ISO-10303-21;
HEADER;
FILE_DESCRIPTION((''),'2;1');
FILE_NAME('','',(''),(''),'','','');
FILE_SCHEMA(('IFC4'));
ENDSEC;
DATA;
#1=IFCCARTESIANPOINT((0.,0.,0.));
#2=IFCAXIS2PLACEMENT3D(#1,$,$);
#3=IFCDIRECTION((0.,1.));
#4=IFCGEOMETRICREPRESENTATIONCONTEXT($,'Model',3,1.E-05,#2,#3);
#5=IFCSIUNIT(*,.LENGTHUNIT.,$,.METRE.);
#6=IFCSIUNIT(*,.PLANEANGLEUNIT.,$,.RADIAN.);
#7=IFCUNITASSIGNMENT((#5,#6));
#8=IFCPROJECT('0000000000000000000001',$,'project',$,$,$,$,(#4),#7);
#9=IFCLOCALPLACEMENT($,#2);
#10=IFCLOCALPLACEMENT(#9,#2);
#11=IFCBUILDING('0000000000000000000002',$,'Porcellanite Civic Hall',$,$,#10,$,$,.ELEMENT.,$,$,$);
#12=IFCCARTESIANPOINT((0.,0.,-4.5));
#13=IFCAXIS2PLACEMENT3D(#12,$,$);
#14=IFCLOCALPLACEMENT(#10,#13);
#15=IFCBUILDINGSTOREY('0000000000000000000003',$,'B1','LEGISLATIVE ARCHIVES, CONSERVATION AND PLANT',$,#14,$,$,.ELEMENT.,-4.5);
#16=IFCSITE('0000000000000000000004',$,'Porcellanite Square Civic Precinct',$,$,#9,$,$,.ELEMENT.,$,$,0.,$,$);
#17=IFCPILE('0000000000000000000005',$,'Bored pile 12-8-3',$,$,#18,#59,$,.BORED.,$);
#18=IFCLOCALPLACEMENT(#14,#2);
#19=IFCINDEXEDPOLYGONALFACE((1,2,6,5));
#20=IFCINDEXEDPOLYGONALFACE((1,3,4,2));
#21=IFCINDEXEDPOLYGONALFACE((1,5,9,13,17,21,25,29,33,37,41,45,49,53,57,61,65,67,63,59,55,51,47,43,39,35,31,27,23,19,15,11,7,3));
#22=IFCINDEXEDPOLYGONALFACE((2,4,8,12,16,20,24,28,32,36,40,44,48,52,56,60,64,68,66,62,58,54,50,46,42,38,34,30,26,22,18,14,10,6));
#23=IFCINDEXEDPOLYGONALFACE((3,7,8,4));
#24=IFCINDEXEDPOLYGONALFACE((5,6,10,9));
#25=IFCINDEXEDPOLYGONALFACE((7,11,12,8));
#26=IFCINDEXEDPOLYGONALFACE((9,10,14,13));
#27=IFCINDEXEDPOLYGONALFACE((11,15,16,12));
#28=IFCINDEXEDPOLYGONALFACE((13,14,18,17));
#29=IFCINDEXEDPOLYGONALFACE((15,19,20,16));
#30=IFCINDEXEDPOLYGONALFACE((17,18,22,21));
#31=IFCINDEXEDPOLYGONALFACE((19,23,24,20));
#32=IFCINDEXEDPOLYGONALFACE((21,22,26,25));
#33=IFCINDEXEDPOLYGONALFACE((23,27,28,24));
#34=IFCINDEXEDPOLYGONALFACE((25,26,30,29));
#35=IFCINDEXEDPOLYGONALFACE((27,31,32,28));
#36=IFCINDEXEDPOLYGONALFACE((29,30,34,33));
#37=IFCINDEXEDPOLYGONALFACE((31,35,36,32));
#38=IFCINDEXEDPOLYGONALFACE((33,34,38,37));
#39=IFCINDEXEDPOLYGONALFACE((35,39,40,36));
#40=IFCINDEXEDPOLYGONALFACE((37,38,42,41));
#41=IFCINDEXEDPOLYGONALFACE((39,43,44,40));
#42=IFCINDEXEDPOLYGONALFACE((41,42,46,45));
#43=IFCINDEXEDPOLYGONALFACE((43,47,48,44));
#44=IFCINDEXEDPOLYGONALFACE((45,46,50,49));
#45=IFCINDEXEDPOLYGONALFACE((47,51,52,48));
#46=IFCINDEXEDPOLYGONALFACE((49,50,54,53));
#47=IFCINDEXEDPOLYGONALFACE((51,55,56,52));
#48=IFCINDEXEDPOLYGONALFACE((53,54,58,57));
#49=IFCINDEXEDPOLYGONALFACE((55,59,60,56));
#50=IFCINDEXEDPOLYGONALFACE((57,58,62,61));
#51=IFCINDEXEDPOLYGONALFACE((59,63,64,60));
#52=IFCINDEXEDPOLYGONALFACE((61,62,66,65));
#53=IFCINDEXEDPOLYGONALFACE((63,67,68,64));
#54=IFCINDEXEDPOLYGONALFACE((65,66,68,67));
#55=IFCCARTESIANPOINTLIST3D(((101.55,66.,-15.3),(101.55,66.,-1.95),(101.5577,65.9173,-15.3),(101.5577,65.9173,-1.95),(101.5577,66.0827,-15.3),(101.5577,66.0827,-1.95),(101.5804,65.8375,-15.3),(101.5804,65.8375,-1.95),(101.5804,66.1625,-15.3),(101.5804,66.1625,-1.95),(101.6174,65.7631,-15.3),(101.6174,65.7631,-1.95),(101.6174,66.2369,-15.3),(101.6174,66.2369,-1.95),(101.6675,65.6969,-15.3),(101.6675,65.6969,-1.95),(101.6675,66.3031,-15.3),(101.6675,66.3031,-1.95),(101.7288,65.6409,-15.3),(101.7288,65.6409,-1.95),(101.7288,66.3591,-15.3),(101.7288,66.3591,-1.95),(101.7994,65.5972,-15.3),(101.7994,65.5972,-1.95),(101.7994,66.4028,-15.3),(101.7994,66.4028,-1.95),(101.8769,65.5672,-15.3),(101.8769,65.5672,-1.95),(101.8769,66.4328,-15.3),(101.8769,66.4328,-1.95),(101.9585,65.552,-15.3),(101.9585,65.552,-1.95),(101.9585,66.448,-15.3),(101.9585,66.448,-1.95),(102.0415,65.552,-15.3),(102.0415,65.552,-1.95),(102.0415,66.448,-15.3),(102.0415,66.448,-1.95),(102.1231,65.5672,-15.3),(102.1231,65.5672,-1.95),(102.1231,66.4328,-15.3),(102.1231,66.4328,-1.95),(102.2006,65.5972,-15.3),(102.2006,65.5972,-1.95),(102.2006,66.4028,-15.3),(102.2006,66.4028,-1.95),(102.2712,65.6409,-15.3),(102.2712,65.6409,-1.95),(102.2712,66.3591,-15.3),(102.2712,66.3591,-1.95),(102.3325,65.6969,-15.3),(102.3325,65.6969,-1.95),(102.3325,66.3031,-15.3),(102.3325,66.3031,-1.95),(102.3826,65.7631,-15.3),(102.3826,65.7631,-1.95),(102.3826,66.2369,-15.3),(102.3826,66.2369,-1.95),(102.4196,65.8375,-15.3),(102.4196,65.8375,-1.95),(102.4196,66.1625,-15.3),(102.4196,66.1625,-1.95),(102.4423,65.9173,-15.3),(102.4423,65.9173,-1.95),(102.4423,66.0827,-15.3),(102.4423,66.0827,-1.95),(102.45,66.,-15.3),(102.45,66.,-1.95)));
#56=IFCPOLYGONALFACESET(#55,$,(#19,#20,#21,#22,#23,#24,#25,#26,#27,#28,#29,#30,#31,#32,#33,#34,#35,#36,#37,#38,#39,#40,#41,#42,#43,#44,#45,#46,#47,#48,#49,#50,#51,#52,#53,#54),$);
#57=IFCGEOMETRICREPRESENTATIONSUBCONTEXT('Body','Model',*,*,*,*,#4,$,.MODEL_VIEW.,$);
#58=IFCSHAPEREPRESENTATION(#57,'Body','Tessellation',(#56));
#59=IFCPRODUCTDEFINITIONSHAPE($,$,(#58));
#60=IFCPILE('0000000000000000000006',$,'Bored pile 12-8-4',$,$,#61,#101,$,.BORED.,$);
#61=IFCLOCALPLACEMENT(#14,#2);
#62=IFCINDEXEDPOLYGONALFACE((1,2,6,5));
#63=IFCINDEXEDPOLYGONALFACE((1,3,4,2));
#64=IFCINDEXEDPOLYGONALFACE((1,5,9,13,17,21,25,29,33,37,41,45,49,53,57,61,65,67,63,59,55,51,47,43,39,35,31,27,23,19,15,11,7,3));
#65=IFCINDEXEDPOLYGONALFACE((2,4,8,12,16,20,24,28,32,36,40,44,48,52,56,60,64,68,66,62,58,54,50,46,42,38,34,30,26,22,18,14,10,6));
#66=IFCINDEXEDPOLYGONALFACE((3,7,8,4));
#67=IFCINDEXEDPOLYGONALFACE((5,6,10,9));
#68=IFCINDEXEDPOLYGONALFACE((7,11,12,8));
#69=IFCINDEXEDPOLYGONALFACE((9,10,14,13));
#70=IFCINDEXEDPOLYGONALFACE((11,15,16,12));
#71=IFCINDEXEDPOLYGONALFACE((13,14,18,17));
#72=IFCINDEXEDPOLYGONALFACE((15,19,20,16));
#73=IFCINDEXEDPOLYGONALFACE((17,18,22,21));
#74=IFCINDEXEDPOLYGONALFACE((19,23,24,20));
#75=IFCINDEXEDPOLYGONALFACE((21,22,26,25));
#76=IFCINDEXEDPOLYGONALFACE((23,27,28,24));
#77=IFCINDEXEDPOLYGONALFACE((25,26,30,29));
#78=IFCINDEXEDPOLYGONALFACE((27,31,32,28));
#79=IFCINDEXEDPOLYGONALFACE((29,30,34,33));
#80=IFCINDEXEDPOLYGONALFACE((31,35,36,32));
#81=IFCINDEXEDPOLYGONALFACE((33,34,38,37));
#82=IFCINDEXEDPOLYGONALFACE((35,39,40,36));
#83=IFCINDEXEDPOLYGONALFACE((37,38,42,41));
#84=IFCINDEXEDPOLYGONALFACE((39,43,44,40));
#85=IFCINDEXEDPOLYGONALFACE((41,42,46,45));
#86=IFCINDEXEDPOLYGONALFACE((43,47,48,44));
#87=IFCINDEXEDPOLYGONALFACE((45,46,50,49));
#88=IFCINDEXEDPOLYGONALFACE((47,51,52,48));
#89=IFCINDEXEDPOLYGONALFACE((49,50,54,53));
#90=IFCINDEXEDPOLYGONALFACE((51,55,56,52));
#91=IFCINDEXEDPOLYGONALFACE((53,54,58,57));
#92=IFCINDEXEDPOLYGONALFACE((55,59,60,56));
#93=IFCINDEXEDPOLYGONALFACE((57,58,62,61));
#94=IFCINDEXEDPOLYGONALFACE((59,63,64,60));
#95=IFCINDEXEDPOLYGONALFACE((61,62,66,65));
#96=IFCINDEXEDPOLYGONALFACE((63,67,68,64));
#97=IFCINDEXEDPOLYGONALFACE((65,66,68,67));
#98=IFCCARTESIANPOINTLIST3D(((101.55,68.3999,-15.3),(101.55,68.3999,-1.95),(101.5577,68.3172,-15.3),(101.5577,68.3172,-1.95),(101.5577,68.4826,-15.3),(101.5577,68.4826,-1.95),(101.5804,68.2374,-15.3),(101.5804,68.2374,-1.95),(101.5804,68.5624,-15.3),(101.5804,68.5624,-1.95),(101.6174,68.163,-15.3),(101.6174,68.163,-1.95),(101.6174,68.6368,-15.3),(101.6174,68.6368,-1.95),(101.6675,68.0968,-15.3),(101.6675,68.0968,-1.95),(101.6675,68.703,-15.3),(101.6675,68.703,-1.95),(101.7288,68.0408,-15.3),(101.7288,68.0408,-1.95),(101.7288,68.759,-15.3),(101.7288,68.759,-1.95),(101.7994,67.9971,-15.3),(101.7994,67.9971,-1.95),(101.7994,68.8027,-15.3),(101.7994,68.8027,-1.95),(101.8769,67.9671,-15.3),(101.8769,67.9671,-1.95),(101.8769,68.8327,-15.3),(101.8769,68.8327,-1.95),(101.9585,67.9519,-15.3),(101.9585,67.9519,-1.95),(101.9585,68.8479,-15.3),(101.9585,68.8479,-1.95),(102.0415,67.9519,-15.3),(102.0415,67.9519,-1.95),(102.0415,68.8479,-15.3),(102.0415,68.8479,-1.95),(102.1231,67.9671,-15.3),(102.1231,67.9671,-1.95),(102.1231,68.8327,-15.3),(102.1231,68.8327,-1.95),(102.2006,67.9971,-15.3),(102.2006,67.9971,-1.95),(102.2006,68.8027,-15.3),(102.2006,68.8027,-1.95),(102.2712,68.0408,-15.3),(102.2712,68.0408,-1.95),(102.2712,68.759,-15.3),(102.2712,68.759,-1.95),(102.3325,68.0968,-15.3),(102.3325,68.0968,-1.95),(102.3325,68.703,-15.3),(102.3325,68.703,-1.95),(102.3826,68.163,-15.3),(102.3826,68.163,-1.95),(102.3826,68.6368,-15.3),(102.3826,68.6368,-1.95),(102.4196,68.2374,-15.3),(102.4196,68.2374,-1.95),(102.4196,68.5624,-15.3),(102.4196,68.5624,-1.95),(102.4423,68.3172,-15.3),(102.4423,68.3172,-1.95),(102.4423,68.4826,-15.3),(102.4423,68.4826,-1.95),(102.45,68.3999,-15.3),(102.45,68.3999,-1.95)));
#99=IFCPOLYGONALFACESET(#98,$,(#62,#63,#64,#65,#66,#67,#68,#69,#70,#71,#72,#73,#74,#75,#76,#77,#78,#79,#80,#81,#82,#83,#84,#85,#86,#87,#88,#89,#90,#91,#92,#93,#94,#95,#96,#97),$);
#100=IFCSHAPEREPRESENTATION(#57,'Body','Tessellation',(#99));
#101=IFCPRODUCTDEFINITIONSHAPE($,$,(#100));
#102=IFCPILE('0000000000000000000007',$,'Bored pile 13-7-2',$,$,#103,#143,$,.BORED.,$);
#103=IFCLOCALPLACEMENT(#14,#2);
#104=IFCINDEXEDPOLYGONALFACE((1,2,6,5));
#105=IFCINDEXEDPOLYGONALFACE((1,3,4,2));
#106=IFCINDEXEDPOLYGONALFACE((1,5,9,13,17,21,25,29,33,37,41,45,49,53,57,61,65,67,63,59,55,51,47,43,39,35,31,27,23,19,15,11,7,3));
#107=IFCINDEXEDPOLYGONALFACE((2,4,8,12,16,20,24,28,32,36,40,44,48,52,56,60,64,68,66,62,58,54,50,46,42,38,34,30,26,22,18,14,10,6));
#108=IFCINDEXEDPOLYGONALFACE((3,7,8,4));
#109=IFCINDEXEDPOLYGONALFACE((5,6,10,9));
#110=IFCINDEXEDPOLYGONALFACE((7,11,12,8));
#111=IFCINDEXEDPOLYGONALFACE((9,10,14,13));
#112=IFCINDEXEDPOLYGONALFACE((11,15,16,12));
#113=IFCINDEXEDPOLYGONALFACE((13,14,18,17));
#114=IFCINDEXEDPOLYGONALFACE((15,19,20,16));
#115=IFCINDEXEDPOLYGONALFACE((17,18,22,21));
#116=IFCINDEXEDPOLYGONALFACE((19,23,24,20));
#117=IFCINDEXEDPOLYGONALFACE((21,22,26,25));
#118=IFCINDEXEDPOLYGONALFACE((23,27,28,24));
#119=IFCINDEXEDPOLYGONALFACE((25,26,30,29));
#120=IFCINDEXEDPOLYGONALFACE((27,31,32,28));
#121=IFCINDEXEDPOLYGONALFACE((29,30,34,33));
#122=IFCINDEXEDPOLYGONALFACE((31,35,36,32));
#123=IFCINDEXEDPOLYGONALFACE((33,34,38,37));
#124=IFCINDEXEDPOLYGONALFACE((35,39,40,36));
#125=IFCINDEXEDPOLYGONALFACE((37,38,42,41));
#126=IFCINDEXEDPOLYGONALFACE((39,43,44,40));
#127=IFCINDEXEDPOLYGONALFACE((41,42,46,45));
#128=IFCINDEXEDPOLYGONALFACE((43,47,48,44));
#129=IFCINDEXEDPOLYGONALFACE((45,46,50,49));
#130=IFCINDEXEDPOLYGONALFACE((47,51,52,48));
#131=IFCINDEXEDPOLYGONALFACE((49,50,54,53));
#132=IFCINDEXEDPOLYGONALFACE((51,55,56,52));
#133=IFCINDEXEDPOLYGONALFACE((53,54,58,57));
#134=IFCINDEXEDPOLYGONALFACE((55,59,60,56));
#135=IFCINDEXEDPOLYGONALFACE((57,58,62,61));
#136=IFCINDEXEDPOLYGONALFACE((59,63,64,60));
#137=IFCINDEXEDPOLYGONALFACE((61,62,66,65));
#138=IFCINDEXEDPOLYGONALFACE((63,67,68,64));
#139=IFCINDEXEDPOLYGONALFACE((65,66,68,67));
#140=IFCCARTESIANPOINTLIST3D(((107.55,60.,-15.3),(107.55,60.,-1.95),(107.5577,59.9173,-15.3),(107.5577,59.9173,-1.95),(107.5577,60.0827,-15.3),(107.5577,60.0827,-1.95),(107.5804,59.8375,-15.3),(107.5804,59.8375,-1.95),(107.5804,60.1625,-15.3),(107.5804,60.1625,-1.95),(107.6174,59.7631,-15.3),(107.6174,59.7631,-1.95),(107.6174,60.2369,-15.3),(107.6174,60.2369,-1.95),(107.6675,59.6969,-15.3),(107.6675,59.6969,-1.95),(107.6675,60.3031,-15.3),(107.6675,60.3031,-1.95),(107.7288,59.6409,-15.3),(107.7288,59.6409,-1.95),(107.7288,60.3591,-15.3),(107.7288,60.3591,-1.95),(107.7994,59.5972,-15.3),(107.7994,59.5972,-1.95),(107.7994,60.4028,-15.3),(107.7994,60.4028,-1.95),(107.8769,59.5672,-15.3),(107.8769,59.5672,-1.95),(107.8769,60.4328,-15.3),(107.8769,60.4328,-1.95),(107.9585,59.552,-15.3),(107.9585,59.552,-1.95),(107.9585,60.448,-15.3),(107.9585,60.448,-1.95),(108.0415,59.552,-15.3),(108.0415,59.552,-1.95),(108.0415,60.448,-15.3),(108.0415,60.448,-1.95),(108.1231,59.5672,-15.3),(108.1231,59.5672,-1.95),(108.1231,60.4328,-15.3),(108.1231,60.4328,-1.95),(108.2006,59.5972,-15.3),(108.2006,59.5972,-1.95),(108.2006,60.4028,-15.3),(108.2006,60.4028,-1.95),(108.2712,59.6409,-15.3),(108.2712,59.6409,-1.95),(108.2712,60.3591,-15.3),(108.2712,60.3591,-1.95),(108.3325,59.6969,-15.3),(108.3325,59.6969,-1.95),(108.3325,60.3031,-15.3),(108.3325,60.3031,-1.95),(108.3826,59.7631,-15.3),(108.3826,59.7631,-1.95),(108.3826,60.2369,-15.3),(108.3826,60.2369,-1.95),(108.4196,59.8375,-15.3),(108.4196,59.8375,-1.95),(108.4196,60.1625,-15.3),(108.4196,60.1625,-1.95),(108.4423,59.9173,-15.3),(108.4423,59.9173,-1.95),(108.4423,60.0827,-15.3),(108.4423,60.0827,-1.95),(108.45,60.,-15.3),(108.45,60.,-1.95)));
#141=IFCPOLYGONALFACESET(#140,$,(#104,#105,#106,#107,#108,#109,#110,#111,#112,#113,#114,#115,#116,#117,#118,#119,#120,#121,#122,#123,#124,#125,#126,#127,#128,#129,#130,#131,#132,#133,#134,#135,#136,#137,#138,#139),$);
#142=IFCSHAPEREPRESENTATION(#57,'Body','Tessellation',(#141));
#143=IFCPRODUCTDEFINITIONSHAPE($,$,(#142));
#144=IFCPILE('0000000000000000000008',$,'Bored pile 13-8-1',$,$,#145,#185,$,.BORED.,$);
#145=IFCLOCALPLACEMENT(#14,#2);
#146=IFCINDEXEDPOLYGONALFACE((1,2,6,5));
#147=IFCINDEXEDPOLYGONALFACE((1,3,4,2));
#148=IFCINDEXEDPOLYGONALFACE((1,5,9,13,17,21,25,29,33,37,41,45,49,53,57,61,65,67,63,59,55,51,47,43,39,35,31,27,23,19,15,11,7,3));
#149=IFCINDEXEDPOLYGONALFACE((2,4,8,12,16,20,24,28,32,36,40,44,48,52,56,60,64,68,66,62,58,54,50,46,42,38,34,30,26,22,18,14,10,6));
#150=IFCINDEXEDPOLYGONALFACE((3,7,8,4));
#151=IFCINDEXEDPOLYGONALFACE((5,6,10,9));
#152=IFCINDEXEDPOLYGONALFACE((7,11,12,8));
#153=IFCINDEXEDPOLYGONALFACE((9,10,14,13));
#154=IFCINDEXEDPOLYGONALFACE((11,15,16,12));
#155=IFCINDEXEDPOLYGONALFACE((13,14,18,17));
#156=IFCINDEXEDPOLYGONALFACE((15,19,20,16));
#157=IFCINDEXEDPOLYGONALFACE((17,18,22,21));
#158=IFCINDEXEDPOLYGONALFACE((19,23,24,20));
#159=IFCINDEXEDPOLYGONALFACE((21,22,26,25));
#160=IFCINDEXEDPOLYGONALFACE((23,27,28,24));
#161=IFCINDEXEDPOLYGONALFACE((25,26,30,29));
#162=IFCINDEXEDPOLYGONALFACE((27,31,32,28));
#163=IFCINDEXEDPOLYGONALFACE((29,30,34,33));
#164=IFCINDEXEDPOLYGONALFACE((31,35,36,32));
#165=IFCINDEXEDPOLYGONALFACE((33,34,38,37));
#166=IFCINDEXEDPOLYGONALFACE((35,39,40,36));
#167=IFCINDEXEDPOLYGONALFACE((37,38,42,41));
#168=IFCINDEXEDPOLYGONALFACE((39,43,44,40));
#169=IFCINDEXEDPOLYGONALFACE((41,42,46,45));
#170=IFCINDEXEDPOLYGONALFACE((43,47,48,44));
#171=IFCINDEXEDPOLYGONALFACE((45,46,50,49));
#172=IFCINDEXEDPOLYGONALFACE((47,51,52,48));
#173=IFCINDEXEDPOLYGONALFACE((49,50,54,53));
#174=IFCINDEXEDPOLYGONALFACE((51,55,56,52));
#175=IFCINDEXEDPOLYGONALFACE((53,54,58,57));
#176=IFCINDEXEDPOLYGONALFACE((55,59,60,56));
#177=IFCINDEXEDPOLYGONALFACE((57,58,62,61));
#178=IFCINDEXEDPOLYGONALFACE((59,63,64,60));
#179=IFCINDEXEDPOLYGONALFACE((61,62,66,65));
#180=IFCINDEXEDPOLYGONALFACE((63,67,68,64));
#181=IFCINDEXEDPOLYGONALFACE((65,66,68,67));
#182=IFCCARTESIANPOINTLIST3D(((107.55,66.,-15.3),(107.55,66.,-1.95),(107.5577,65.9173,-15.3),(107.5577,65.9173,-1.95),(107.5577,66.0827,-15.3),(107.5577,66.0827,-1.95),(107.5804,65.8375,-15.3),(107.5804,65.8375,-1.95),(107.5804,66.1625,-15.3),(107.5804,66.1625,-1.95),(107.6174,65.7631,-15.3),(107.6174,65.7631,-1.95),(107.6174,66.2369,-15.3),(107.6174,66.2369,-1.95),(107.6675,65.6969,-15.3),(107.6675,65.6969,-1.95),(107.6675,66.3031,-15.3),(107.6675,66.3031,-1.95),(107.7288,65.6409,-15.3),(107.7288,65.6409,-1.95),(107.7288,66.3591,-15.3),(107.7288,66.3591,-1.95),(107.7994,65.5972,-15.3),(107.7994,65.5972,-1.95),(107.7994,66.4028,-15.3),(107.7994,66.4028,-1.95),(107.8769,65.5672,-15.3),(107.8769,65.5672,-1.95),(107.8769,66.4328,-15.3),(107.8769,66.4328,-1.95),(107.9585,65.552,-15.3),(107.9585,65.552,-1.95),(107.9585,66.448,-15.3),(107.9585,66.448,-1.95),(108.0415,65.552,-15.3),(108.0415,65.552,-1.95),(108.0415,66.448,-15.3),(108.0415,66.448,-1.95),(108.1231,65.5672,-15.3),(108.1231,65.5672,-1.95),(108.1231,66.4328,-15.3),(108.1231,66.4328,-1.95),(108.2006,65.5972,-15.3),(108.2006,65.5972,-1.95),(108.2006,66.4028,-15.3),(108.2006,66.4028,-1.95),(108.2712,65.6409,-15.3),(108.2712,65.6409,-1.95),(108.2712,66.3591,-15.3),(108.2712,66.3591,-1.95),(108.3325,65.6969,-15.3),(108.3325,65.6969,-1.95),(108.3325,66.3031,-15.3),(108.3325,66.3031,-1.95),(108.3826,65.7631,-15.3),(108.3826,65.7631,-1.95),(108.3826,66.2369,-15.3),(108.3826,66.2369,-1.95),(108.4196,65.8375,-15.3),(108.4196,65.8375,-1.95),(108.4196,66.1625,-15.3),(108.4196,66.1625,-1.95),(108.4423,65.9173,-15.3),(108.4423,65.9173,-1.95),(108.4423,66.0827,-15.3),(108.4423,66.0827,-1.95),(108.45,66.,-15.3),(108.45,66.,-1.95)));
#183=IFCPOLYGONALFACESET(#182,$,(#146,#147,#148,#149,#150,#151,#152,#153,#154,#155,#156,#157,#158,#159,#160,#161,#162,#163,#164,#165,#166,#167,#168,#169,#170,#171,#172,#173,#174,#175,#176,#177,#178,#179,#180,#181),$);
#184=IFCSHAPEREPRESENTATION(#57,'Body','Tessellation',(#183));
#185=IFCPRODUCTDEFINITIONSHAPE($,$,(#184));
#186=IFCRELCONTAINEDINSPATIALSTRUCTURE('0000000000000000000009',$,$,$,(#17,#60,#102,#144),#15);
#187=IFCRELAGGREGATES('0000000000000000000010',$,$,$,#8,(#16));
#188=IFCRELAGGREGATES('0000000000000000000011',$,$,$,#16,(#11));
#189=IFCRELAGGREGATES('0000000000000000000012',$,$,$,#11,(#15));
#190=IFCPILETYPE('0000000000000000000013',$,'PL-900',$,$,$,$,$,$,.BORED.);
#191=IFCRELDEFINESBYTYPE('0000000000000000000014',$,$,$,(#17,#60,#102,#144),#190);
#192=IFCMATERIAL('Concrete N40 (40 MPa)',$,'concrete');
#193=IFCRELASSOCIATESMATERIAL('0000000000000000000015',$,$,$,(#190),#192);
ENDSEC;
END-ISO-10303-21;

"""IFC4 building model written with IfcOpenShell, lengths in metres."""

from ifc_helpers import new_model, si_unit, direction, frame, origin, origin_2d, place, context, subcontext, project, spatial, circle, extrude, material, material_profile, profile_set, type_object, element, save


model = new_model("IFC4")

# Units and contexts
model_context = context("Model", 3, precision=1e-05, world=origin(), true_north=direction((0.0, 1.0)))
body_context = subcontext(model_context, "Body", "Model", "MODEL_VIEW")
ifc_project = project(units=[si_unit("LENGTHUNIT", "METRE"), si_unit("PLANEANGLEUNIT", "RADIAN")], contexts=[model_context])

# Site, building, storey
site_placement = place(None, origin())
site = spatial("IfcSite", under=ifc_project, at=site_placement, Name="Porcellanite Square Civic Precinct", CompositionType="ELEMENT", RefElevation=0.0)
building_placement = place(site_placement, origin())
building = spatial("IfcBuilding", under=site, at=building_placement, Name="Porcellanite Civic Hall", CompositionType="ELEMENT")
storey_placement = place(building_placement, frame((0.0, 0.0, -4.5)))
storey = spatial("IfcBuildingStorey", under=building, at=storey_placement, Name="B1", Description="LEGISLATIVE ARCHIVES, CONSERVATION AND PLANT", CompositionType="ELEMENT", Elevation=-4.5)

# Piles
ifc_material_1 = material(Name="Concrete N40 (40 MPa)", Category="concrete")
ifc_material_profile_1 = material_profile(ifc_material_1, circle(Radius=0.45, at=origin_2d()), Name="PILE-D900")
ifc_profile_set_1 = profile_set([ifc_material_profile_1], Name="Concrete N40 (40 MPa)")
pile_type_1 = type_object("IfcPileType", Name="PL-900", PredefinedType="BORED", material=ifc_profile_set_1)
for number, where, z_axis, x_axis, name in (
    (1, (102.0, 66.0, -1.95), (0.0, 0.0, -1.0), (1.0, 0.0, 0.0), "Bored pile 12-8-3"),
    (2, (102.0, 68.3999, -1.95), (0.0, 0.0, -1.0), (1.0, 0.0, 0.0), "Bored pile 12-8-4"),
    (3, (108.0, 60.0, -1.95), (0.0, 0.0, -1.0), (1.0, 0.0, 0.0), "Bored pile 13-7-2"),
    (4, (108.0, 66.0, -1.95), (0.0, 0.0, -1.0), (1.0, 0.0, 0.0), "Bored pile 13-8-1"),
):
    element("IfcPile", number, at=place(storey_placement, frame(where, z_axis=z_axis, x_axis=x_axis)), inside=storey, type_object=pile_type_1, Name=name, PredefinedType="BORED", context=body_context, shape_type="SweptSolid", body=[
        extrude(circle(Radius=0.45, at=origin_2d()), origin(), (0.0, 0.0, 1.0), 13.3501),
    ])

save(model, "model.ifc")
